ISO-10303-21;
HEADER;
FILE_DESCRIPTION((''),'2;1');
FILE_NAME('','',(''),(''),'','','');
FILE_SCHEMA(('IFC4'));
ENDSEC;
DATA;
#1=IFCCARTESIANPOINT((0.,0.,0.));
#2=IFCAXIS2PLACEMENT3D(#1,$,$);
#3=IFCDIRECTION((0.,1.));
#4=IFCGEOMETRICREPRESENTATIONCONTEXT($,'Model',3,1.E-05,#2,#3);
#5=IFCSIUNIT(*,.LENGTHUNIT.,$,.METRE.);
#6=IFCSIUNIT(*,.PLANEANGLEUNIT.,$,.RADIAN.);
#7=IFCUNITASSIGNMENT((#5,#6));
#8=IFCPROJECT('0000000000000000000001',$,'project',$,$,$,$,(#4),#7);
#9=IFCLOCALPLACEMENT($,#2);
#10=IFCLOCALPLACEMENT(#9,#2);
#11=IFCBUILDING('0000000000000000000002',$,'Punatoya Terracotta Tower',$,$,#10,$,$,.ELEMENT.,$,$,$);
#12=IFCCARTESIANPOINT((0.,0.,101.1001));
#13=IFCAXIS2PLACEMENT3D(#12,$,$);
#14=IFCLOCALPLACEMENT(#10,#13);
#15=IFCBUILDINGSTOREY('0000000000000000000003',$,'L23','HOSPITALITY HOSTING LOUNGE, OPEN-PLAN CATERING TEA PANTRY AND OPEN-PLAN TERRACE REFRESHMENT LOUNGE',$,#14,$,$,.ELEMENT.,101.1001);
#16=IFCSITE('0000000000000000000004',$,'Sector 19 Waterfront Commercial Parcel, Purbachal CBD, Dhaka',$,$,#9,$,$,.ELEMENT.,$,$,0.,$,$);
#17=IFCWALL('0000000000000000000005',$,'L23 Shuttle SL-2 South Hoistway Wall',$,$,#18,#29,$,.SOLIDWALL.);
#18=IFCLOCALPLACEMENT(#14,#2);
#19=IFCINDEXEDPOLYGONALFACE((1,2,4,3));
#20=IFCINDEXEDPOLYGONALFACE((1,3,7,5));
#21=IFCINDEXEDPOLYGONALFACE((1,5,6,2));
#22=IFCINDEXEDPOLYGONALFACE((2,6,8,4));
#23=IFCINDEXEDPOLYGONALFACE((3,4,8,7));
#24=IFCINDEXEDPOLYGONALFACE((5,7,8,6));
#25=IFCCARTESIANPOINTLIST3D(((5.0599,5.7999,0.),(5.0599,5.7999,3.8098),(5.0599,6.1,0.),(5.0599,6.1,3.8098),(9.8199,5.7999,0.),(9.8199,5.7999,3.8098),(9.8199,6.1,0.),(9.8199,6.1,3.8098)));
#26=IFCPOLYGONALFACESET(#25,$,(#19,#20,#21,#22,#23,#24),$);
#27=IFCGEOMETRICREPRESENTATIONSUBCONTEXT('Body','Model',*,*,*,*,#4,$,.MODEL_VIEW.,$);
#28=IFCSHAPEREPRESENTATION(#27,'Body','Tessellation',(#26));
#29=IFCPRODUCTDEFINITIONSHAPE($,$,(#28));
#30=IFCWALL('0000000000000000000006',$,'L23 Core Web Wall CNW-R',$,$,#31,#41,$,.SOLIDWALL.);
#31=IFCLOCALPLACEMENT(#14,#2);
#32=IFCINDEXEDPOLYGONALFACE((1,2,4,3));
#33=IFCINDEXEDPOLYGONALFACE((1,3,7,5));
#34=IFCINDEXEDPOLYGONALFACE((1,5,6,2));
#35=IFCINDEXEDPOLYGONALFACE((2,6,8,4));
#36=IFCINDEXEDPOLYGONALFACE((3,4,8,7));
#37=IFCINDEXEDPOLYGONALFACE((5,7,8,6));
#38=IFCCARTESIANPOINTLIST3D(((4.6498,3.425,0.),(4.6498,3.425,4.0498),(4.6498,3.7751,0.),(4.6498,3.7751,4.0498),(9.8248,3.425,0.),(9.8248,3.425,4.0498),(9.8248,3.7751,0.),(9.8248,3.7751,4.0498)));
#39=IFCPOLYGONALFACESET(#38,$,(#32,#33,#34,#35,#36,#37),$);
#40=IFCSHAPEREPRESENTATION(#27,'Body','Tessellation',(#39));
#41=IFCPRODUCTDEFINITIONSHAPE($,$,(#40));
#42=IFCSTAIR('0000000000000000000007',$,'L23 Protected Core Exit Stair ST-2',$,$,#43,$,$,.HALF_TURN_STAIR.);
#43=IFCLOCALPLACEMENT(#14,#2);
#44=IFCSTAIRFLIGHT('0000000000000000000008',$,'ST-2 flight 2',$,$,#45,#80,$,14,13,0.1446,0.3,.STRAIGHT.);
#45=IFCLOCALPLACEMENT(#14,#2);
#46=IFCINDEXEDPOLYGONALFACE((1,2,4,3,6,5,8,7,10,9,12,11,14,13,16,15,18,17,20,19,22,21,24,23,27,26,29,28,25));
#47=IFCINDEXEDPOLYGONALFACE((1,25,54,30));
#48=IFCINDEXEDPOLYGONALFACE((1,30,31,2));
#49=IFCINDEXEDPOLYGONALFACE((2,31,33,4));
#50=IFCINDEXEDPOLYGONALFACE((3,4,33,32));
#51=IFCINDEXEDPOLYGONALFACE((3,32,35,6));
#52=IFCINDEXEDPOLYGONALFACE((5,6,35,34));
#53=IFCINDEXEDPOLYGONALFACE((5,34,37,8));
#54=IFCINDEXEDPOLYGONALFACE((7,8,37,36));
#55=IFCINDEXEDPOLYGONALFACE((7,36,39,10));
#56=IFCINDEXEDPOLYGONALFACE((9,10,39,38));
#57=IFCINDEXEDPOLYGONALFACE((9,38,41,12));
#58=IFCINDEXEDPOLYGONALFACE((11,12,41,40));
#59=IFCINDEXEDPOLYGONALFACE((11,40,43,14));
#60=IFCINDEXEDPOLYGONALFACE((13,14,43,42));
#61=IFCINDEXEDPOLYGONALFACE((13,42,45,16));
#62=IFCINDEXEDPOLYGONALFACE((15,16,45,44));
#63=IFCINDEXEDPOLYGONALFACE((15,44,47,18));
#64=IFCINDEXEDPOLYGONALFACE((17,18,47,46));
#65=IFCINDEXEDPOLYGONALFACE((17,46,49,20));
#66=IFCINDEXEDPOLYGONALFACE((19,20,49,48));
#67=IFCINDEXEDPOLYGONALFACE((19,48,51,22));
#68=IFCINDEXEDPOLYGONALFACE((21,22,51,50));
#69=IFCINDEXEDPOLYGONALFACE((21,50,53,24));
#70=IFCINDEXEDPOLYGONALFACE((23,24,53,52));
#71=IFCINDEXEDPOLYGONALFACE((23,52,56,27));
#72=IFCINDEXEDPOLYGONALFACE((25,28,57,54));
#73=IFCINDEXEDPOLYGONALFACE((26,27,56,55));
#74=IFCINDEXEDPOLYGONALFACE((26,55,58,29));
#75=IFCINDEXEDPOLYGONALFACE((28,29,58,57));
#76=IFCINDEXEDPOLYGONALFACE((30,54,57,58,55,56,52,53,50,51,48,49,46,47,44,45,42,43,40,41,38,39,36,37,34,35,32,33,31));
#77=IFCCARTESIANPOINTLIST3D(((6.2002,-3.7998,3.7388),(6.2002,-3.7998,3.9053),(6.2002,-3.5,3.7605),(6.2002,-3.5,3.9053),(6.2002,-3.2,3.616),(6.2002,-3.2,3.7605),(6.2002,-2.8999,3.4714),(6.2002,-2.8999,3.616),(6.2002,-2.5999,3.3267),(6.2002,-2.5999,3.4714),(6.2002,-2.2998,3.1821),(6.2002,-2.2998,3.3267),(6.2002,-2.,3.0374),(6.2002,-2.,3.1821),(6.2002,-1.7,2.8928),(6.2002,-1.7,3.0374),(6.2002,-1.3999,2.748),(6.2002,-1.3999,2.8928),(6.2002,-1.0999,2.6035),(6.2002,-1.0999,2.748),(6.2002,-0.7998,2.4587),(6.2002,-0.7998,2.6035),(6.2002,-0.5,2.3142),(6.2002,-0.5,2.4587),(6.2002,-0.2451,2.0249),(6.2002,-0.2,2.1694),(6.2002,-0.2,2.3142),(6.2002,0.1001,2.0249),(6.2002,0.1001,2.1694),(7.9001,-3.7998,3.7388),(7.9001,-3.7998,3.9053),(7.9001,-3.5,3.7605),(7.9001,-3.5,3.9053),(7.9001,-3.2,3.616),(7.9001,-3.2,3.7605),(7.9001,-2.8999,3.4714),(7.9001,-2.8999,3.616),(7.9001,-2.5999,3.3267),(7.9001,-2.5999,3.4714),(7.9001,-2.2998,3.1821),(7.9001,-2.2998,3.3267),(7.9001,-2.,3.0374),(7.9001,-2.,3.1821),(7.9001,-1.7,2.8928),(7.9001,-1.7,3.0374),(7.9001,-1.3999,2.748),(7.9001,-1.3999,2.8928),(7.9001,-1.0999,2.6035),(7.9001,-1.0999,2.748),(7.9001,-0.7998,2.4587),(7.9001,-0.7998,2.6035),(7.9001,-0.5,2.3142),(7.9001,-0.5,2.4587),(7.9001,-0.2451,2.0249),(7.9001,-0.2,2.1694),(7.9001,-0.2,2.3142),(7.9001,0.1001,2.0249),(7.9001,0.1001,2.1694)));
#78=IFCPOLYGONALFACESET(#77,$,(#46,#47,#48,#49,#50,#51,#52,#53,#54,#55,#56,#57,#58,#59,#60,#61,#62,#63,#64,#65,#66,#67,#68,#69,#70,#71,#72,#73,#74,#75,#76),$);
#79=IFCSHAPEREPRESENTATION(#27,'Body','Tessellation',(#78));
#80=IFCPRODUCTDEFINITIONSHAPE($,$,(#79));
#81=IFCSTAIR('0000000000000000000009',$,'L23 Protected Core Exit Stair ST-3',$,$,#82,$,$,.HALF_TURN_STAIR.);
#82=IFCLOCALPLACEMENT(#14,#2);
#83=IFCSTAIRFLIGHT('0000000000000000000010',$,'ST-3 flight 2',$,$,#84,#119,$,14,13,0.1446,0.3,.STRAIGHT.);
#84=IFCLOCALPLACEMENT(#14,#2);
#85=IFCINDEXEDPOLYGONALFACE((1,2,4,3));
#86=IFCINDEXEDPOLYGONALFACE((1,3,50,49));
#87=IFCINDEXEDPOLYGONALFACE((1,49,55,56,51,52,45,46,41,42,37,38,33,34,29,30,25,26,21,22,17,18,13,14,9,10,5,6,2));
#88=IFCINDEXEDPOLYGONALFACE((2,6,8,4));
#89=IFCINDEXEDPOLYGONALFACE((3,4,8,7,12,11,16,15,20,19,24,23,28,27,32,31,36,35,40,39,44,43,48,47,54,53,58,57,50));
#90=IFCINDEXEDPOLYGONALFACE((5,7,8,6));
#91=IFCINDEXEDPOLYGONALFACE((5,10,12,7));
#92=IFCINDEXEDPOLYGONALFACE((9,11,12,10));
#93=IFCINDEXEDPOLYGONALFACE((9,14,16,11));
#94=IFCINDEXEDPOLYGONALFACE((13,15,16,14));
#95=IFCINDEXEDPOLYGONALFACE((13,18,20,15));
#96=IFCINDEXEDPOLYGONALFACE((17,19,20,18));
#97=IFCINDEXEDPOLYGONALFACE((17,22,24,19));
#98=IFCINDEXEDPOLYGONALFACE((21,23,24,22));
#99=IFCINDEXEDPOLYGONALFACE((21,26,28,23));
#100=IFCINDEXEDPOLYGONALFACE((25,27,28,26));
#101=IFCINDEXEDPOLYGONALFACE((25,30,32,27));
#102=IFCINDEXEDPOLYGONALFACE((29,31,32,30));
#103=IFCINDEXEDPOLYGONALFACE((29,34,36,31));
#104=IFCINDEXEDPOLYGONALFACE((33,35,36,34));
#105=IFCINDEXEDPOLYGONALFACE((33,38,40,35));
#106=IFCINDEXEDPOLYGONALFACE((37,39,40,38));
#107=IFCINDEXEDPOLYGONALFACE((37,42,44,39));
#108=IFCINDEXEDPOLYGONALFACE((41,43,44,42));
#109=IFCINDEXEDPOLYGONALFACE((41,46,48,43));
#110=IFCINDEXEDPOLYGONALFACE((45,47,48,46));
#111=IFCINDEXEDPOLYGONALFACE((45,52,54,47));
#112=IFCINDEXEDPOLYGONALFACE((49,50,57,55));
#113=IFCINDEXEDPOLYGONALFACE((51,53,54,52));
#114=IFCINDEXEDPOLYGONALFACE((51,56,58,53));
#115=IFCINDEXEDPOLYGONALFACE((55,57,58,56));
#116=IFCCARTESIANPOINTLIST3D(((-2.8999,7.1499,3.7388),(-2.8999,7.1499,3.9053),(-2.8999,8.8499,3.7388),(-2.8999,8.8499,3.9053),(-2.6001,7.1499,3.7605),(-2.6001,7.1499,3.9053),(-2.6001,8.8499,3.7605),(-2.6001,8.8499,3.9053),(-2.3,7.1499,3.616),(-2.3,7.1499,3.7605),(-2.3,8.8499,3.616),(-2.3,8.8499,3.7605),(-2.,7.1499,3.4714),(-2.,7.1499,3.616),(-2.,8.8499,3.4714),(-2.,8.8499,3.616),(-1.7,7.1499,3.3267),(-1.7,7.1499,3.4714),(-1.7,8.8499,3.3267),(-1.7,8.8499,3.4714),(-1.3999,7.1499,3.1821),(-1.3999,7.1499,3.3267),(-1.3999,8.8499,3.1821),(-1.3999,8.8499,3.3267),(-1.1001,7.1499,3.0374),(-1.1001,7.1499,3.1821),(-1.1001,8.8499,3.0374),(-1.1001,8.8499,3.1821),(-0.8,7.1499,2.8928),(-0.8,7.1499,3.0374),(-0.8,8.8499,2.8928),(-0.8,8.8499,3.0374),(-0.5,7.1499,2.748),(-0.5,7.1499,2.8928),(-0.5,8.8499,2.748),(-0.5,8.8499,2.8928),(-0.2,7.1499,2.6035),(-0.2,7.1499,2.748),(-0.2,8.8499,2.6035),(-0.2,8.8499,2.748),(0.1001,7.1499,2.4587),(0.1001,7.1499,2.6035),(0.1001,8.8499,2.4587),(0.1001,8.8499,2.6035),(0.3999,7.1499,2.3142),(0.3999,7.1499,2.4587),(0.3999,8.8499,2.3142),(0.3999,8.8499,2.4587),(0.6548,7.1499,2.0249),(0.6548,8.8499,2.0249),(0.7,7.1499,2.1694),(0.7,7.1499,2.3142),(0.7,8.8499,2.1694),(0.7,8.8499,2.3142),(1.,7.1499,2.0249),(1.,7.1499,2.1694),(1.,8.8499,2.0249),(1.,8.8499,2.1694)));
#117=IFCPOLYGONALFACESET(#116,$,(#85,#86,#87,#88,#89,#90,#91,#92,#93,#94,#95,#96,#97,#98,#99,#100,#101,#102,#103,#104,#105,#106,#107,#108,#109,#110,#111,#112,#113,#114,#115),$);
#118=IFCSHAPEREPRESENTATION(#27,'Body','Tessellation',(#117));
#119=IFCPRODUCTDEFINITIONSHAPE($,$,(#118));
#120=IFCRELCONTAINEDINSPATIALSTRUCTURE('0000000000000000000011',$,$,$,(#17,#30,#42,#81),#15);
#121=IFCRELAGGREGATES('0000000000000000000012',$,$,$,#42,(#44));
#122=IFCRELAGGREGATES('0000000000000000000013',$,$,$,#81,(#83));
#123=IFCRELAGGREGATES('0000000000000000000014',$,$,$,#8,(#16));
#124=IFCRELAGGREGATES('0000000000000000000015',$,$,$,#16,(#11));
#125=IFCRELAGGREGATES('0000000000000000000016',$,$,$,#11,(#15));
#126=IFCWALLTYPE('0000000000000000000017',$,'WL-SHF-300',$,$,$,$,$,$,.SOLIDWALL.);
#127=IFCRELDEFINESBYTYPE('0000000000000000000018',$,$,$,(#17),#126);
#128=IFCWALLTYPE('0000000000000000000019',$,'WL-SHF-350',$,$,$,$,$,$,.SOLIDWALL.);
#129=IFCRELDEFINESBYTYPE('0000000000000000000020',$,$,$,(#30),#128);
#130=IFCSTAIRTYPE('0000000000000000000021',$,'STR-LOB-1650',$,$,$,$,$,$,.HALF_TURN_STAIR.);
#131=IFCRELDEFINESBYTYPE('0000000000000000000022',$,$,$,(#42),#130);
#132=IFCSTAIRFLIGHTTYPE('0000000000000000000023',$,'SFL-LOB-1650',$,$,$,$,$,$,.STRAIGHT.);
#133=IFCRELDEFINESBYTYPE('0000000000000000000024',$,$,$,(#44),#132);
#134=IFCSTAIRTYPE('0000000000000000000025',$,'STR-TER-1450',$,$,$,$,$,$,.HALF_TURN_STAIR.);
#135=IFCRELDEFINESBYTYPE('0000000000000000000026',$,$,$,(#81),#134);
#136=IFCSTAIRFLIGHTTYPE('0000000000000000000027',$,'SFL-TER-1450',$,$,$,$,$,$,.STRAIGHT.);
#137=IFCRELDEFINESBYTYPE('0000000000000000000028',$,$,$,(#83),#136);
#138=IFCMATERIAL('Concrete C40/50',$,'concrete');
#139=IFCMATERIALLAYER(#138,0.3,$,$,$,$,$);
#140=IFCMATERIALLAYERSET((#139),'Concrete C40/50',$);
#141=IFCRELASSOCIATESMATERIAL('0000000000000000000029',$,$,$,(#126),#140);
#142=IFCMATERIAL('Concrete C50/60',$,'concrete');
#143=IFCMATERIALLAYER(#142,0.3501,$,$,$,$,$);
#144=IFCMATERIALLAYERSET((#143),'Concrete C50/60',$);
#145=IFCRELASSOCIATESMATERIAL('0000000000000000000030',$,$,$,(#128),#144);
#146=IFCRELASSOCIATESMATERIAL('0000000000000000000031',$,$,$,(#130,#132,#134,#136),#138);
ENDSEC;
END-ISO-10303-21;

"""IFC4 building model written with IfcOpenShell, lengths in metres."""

from ifc_helpers import new_model, si_unit, direction, frame, frame_2d, origin, place, context, subcontext, project, spatial, polyline, rectangle, outline, extrude, material, layer, layer_set, type_object, element, aggregate, save


model = new_model("IFC4")

# Units and contexts
model_context = context("Model", 3, precision=1e-05, world=origin(), true_north=direction((0.0, 1.0)))
body_context = subcontext(model_context, "Body", "Model", "MODEL_VIEW")
ifc_project = project(units=[si_unit("LENGTHUNIT", "METRE"), si_unit("PLANEANGLEUNIT", "RADIAN")], contexts=[model_context])

# Site, building, storey
site_placement = place(None, origin())
site = spatial("IfcSite", under=ifc_project, at=site_placement, Name="Sector 19 Waterfront Commercial Parcel, Purbachal CBD, Dhaka", CompositionType="ELEMENT", RefElevation=0.0)
building_placement = place(site_placement, origin())
building = spatial("IfcBuilding", under=site, at=building_placement, Name="Punatoya Terracotta Tower", CompositionType="ELEMENT")
storey_placement = place(building_placement, frame((0.0, 0.0, 101.1001)))
storey = spatial("IfcBuildingStorey", under=building, at=storey_placement, Name="L23", Description="HOSPITALITY HOSTING LOUNGE, OPEN-PLAN CATERING TEA PANTRY AND OPEN-PLAN TERRACE REFRESHMENT LOUNGE", CompositionType="ELEMENT", Elevation=101.1001)

# Walls
ifc_material_1 = material(Name="Concrete C40/50", Category="concrete")
ifc_layer_1 = layer(ifc_material_1, 0.3)
ifc_layer_set_1 = layer_set([ifc_layer_1], Name="Concrete C40/50")
wall_type_1 = type_object("IfcWallType", Name="WL-SHF-300", PredefinedType="SOLIDWALL", material=ifc_layer_set_1)
wall_1_placement = place(storey_placement, frame((5.0601, 5.95, 0.0), z_axis=(0.0, 0.0, 1.0), x_axis=(1.0, 0.0, 0.0)))
element("IfcWall", 1, at=wall_1_placement, inside=storey, type_object=wall_type_1, Name="L23 Shuttle SL-2 South Hoistway Wall", PredefinedType="SOLIDWALL", context=body_context, shape_type="SweptSolid", body=[
    extrude(rectangle(XDim=4.76, YDim=0.3, at=frame_2d((2.3799, 0.0))), origin(), (0.0, 0.0, 1.0), 3.8098),
])
ifc_material_2 = material(Name="Concrete C50/60", Category="concrete")
ifc_layer_2 = layer(ifc_material_2, 0.3501)
ifc_layer_set_2 = layer_set([ifc_layer_2], Name="Concrete C50/60")
wall_type_2 = type_object("IfcWallType", Name="WL-SHF-350", PredefinedType="SOLIDWALL", material=ifc_layer_set_2)
wall_2_placement = place(storey_placement, frame((4.6499, 3.6001, 0.0), z_axis=(0.0, 0.0, 1.0), x_axis=(1.0, 0.0, 0.0)))
element("IfcWall", 2, at=wall_2_placement, inside=storey, type_object=wall_type_2, Name="L23 Core Web Wall CNW-R", PredefinedType="SOLIDWALL", context=body_context, shape_type="SweptSolid", body=[
    extrude(rectangle(XDim=5.175, YDim=0.3501, at=frame_2d((2.5874, 0.0))), origin(), (0.0, 0.0, 1.0), 4.0498),
])

# Stairs, stair flights
stair_type_1 = type_object("IfcStairType", Name="STR-LOB-1650", PredefinedType="HALF_TURN_STAIR", material=ifc_material_1)
stair_1_placement = place(storey_placement, origin())
stair_1 = element("IfcStair", 3, at=stair_1_placement, inside=storey, type_object=stair_type_1, Name="L23 Protected Core Exit Stair ST-2", PredefinedType="HALF_TURN_STAIR")
stair_flight_type_1 = type_object("IfcStairFlightType", Name="SFL-LOB-1650", PredefinedType="STRAIGHT", material=ifc_material_1)
stair_flight_1_placement = place(storey_placement, frame((7.05, 0.1001, 2.0249), z_axis=(0.0, 0.0, 1.0), x_axis=(0.0, -1.0, 0.0)))
stair_flight_1 = element("IfcStairFlight", 4, at=stair_flight_1_placement, type_object=stair_flight_type_1, Name="ST-2 flight 2", NumberOfRisers=14, NumberOfTreads=13, PredefinedType="STRAIGHT", RiserHeight=0.1446, TreadLength=0.3, context=body_context, shape_type="SweptSolid", body=[
    extrude(outline(polyline([(0.0, 0.0), (0.0, 0.1445), (0.3, 0.1445), (0.3, 0.2893), (0.6001, 0.2893), (0.6001, 0.4338), (0.8999, 0.4338), (0.8999, 0.5786), (1.2, 0.5786), (1.2, 0.7231), (1.5, 0.7231), (1.5, 0.8679), (1.8, 0.8679), (1.8, 1.0125), (2.1001, 1.0125), (2.1001, 1.1572), (2.3999, 1.1572), (2.3999, 1.3018), (2.7, 1.3018), (2.7, 1.4465), (3.0, 1.4465), (3.0, 1.5911), (3.3, 1.5911), (3.3, 1.7356), (3.6001, 1.7356), (3.6001, 1.8804), (3.8999, 1.8804), (3.8999, 2.0249), (3.8999, 1.7139), (0.3452, 0.0), (0.0, 0.0)])), frame((0.0, 0.8501, 0.0), z_axis=(0.0, -1.0, 0.0), x_axis=(1.0, 0.0, 0.0)), (0.0, 0.0, 1.0), 1.7),
])
aggregate(stair_1, [stair_flight_1])
stair_type_2 = type_object("IfcStairType", Name="STR-TER-1450", PredefinedType="HALF_TURN_STAIR", material=ifc_material_1)
stair_2_placement = place(storey_placement, origin())
stair_2 = element("IfcStair", 5, at=stair_2_placement, inside=storey, type_object=stair_type_2, Name="L23 Protected Core Exit Stair ST-3", PredefinedType="HALF_TURN_STAIR")
stair_flight_type_2 = type_object("IfcStairFlightType", Name="SFL-TER-1450", PredefinedType="STRAIGHT", material=ifc_material_1)
stair_flight_2_placement = place(storey_placement, frame((1.0, 8.0, 2.0249), z_axis=(0.0, 0.0, 1.0), x_axis=(-1.0, 0.0, 0.0)))
stair_flight_2 = element("IfcStairFlight", 6, at=stair_flight_2_placement, type_object=stair_flight_type_2, Name="ST-3 flight 2", NumberOfRisers=14, NumberOfTreads=13, PredefinedType="STRAIGHT", RiserHeight=0.1446, TreadLength=0.3, context=body_context, shape_type="SweptSolid", body=[
    extrude(outline(polyline([(0.0, 0.0), (0.0, 0.1445), (0.3, 0.1445), (0.3, 0.2893), (0.6001, 0.2893), (0.6001, 0.4338), (0.8999, 0.4338), (0.8999, 0.5786), (1.2, 0.5786), (1.2, 0.7231), (1.5, 0.7231), (1.5, 0.8679), (1.8, 0.8679), (1.8, 1.0125), (2.1001, 1.0125), (2.1001, 1.1572), (2.3999, 1.1572), (2.3999, 1.3018), (2.7, 1.3018), (2.7, 1.4465), (3.0, 1.4465), (3.0, 1.5911), (3.3, 1.5911), (3.3, 1.7356), (3.6001, 1.7356), (3.6001, 1.8804), (3.8999, 1.8804), (3.8999, 2.0249), (3.8999, 1.7139), (0.3452, 0.0), (0.0, 0.0)])), frame((0.0, 0.8501, 0.0), z_axis=(0.0, -1.0, 0.0), x_axis=(1.0, 0.0, 0.0)), (0.0, 0.0, 1.0), 1.7),
])
aggregate(stair_2, [stair_flight_2])

save(model, "model.ifc")
